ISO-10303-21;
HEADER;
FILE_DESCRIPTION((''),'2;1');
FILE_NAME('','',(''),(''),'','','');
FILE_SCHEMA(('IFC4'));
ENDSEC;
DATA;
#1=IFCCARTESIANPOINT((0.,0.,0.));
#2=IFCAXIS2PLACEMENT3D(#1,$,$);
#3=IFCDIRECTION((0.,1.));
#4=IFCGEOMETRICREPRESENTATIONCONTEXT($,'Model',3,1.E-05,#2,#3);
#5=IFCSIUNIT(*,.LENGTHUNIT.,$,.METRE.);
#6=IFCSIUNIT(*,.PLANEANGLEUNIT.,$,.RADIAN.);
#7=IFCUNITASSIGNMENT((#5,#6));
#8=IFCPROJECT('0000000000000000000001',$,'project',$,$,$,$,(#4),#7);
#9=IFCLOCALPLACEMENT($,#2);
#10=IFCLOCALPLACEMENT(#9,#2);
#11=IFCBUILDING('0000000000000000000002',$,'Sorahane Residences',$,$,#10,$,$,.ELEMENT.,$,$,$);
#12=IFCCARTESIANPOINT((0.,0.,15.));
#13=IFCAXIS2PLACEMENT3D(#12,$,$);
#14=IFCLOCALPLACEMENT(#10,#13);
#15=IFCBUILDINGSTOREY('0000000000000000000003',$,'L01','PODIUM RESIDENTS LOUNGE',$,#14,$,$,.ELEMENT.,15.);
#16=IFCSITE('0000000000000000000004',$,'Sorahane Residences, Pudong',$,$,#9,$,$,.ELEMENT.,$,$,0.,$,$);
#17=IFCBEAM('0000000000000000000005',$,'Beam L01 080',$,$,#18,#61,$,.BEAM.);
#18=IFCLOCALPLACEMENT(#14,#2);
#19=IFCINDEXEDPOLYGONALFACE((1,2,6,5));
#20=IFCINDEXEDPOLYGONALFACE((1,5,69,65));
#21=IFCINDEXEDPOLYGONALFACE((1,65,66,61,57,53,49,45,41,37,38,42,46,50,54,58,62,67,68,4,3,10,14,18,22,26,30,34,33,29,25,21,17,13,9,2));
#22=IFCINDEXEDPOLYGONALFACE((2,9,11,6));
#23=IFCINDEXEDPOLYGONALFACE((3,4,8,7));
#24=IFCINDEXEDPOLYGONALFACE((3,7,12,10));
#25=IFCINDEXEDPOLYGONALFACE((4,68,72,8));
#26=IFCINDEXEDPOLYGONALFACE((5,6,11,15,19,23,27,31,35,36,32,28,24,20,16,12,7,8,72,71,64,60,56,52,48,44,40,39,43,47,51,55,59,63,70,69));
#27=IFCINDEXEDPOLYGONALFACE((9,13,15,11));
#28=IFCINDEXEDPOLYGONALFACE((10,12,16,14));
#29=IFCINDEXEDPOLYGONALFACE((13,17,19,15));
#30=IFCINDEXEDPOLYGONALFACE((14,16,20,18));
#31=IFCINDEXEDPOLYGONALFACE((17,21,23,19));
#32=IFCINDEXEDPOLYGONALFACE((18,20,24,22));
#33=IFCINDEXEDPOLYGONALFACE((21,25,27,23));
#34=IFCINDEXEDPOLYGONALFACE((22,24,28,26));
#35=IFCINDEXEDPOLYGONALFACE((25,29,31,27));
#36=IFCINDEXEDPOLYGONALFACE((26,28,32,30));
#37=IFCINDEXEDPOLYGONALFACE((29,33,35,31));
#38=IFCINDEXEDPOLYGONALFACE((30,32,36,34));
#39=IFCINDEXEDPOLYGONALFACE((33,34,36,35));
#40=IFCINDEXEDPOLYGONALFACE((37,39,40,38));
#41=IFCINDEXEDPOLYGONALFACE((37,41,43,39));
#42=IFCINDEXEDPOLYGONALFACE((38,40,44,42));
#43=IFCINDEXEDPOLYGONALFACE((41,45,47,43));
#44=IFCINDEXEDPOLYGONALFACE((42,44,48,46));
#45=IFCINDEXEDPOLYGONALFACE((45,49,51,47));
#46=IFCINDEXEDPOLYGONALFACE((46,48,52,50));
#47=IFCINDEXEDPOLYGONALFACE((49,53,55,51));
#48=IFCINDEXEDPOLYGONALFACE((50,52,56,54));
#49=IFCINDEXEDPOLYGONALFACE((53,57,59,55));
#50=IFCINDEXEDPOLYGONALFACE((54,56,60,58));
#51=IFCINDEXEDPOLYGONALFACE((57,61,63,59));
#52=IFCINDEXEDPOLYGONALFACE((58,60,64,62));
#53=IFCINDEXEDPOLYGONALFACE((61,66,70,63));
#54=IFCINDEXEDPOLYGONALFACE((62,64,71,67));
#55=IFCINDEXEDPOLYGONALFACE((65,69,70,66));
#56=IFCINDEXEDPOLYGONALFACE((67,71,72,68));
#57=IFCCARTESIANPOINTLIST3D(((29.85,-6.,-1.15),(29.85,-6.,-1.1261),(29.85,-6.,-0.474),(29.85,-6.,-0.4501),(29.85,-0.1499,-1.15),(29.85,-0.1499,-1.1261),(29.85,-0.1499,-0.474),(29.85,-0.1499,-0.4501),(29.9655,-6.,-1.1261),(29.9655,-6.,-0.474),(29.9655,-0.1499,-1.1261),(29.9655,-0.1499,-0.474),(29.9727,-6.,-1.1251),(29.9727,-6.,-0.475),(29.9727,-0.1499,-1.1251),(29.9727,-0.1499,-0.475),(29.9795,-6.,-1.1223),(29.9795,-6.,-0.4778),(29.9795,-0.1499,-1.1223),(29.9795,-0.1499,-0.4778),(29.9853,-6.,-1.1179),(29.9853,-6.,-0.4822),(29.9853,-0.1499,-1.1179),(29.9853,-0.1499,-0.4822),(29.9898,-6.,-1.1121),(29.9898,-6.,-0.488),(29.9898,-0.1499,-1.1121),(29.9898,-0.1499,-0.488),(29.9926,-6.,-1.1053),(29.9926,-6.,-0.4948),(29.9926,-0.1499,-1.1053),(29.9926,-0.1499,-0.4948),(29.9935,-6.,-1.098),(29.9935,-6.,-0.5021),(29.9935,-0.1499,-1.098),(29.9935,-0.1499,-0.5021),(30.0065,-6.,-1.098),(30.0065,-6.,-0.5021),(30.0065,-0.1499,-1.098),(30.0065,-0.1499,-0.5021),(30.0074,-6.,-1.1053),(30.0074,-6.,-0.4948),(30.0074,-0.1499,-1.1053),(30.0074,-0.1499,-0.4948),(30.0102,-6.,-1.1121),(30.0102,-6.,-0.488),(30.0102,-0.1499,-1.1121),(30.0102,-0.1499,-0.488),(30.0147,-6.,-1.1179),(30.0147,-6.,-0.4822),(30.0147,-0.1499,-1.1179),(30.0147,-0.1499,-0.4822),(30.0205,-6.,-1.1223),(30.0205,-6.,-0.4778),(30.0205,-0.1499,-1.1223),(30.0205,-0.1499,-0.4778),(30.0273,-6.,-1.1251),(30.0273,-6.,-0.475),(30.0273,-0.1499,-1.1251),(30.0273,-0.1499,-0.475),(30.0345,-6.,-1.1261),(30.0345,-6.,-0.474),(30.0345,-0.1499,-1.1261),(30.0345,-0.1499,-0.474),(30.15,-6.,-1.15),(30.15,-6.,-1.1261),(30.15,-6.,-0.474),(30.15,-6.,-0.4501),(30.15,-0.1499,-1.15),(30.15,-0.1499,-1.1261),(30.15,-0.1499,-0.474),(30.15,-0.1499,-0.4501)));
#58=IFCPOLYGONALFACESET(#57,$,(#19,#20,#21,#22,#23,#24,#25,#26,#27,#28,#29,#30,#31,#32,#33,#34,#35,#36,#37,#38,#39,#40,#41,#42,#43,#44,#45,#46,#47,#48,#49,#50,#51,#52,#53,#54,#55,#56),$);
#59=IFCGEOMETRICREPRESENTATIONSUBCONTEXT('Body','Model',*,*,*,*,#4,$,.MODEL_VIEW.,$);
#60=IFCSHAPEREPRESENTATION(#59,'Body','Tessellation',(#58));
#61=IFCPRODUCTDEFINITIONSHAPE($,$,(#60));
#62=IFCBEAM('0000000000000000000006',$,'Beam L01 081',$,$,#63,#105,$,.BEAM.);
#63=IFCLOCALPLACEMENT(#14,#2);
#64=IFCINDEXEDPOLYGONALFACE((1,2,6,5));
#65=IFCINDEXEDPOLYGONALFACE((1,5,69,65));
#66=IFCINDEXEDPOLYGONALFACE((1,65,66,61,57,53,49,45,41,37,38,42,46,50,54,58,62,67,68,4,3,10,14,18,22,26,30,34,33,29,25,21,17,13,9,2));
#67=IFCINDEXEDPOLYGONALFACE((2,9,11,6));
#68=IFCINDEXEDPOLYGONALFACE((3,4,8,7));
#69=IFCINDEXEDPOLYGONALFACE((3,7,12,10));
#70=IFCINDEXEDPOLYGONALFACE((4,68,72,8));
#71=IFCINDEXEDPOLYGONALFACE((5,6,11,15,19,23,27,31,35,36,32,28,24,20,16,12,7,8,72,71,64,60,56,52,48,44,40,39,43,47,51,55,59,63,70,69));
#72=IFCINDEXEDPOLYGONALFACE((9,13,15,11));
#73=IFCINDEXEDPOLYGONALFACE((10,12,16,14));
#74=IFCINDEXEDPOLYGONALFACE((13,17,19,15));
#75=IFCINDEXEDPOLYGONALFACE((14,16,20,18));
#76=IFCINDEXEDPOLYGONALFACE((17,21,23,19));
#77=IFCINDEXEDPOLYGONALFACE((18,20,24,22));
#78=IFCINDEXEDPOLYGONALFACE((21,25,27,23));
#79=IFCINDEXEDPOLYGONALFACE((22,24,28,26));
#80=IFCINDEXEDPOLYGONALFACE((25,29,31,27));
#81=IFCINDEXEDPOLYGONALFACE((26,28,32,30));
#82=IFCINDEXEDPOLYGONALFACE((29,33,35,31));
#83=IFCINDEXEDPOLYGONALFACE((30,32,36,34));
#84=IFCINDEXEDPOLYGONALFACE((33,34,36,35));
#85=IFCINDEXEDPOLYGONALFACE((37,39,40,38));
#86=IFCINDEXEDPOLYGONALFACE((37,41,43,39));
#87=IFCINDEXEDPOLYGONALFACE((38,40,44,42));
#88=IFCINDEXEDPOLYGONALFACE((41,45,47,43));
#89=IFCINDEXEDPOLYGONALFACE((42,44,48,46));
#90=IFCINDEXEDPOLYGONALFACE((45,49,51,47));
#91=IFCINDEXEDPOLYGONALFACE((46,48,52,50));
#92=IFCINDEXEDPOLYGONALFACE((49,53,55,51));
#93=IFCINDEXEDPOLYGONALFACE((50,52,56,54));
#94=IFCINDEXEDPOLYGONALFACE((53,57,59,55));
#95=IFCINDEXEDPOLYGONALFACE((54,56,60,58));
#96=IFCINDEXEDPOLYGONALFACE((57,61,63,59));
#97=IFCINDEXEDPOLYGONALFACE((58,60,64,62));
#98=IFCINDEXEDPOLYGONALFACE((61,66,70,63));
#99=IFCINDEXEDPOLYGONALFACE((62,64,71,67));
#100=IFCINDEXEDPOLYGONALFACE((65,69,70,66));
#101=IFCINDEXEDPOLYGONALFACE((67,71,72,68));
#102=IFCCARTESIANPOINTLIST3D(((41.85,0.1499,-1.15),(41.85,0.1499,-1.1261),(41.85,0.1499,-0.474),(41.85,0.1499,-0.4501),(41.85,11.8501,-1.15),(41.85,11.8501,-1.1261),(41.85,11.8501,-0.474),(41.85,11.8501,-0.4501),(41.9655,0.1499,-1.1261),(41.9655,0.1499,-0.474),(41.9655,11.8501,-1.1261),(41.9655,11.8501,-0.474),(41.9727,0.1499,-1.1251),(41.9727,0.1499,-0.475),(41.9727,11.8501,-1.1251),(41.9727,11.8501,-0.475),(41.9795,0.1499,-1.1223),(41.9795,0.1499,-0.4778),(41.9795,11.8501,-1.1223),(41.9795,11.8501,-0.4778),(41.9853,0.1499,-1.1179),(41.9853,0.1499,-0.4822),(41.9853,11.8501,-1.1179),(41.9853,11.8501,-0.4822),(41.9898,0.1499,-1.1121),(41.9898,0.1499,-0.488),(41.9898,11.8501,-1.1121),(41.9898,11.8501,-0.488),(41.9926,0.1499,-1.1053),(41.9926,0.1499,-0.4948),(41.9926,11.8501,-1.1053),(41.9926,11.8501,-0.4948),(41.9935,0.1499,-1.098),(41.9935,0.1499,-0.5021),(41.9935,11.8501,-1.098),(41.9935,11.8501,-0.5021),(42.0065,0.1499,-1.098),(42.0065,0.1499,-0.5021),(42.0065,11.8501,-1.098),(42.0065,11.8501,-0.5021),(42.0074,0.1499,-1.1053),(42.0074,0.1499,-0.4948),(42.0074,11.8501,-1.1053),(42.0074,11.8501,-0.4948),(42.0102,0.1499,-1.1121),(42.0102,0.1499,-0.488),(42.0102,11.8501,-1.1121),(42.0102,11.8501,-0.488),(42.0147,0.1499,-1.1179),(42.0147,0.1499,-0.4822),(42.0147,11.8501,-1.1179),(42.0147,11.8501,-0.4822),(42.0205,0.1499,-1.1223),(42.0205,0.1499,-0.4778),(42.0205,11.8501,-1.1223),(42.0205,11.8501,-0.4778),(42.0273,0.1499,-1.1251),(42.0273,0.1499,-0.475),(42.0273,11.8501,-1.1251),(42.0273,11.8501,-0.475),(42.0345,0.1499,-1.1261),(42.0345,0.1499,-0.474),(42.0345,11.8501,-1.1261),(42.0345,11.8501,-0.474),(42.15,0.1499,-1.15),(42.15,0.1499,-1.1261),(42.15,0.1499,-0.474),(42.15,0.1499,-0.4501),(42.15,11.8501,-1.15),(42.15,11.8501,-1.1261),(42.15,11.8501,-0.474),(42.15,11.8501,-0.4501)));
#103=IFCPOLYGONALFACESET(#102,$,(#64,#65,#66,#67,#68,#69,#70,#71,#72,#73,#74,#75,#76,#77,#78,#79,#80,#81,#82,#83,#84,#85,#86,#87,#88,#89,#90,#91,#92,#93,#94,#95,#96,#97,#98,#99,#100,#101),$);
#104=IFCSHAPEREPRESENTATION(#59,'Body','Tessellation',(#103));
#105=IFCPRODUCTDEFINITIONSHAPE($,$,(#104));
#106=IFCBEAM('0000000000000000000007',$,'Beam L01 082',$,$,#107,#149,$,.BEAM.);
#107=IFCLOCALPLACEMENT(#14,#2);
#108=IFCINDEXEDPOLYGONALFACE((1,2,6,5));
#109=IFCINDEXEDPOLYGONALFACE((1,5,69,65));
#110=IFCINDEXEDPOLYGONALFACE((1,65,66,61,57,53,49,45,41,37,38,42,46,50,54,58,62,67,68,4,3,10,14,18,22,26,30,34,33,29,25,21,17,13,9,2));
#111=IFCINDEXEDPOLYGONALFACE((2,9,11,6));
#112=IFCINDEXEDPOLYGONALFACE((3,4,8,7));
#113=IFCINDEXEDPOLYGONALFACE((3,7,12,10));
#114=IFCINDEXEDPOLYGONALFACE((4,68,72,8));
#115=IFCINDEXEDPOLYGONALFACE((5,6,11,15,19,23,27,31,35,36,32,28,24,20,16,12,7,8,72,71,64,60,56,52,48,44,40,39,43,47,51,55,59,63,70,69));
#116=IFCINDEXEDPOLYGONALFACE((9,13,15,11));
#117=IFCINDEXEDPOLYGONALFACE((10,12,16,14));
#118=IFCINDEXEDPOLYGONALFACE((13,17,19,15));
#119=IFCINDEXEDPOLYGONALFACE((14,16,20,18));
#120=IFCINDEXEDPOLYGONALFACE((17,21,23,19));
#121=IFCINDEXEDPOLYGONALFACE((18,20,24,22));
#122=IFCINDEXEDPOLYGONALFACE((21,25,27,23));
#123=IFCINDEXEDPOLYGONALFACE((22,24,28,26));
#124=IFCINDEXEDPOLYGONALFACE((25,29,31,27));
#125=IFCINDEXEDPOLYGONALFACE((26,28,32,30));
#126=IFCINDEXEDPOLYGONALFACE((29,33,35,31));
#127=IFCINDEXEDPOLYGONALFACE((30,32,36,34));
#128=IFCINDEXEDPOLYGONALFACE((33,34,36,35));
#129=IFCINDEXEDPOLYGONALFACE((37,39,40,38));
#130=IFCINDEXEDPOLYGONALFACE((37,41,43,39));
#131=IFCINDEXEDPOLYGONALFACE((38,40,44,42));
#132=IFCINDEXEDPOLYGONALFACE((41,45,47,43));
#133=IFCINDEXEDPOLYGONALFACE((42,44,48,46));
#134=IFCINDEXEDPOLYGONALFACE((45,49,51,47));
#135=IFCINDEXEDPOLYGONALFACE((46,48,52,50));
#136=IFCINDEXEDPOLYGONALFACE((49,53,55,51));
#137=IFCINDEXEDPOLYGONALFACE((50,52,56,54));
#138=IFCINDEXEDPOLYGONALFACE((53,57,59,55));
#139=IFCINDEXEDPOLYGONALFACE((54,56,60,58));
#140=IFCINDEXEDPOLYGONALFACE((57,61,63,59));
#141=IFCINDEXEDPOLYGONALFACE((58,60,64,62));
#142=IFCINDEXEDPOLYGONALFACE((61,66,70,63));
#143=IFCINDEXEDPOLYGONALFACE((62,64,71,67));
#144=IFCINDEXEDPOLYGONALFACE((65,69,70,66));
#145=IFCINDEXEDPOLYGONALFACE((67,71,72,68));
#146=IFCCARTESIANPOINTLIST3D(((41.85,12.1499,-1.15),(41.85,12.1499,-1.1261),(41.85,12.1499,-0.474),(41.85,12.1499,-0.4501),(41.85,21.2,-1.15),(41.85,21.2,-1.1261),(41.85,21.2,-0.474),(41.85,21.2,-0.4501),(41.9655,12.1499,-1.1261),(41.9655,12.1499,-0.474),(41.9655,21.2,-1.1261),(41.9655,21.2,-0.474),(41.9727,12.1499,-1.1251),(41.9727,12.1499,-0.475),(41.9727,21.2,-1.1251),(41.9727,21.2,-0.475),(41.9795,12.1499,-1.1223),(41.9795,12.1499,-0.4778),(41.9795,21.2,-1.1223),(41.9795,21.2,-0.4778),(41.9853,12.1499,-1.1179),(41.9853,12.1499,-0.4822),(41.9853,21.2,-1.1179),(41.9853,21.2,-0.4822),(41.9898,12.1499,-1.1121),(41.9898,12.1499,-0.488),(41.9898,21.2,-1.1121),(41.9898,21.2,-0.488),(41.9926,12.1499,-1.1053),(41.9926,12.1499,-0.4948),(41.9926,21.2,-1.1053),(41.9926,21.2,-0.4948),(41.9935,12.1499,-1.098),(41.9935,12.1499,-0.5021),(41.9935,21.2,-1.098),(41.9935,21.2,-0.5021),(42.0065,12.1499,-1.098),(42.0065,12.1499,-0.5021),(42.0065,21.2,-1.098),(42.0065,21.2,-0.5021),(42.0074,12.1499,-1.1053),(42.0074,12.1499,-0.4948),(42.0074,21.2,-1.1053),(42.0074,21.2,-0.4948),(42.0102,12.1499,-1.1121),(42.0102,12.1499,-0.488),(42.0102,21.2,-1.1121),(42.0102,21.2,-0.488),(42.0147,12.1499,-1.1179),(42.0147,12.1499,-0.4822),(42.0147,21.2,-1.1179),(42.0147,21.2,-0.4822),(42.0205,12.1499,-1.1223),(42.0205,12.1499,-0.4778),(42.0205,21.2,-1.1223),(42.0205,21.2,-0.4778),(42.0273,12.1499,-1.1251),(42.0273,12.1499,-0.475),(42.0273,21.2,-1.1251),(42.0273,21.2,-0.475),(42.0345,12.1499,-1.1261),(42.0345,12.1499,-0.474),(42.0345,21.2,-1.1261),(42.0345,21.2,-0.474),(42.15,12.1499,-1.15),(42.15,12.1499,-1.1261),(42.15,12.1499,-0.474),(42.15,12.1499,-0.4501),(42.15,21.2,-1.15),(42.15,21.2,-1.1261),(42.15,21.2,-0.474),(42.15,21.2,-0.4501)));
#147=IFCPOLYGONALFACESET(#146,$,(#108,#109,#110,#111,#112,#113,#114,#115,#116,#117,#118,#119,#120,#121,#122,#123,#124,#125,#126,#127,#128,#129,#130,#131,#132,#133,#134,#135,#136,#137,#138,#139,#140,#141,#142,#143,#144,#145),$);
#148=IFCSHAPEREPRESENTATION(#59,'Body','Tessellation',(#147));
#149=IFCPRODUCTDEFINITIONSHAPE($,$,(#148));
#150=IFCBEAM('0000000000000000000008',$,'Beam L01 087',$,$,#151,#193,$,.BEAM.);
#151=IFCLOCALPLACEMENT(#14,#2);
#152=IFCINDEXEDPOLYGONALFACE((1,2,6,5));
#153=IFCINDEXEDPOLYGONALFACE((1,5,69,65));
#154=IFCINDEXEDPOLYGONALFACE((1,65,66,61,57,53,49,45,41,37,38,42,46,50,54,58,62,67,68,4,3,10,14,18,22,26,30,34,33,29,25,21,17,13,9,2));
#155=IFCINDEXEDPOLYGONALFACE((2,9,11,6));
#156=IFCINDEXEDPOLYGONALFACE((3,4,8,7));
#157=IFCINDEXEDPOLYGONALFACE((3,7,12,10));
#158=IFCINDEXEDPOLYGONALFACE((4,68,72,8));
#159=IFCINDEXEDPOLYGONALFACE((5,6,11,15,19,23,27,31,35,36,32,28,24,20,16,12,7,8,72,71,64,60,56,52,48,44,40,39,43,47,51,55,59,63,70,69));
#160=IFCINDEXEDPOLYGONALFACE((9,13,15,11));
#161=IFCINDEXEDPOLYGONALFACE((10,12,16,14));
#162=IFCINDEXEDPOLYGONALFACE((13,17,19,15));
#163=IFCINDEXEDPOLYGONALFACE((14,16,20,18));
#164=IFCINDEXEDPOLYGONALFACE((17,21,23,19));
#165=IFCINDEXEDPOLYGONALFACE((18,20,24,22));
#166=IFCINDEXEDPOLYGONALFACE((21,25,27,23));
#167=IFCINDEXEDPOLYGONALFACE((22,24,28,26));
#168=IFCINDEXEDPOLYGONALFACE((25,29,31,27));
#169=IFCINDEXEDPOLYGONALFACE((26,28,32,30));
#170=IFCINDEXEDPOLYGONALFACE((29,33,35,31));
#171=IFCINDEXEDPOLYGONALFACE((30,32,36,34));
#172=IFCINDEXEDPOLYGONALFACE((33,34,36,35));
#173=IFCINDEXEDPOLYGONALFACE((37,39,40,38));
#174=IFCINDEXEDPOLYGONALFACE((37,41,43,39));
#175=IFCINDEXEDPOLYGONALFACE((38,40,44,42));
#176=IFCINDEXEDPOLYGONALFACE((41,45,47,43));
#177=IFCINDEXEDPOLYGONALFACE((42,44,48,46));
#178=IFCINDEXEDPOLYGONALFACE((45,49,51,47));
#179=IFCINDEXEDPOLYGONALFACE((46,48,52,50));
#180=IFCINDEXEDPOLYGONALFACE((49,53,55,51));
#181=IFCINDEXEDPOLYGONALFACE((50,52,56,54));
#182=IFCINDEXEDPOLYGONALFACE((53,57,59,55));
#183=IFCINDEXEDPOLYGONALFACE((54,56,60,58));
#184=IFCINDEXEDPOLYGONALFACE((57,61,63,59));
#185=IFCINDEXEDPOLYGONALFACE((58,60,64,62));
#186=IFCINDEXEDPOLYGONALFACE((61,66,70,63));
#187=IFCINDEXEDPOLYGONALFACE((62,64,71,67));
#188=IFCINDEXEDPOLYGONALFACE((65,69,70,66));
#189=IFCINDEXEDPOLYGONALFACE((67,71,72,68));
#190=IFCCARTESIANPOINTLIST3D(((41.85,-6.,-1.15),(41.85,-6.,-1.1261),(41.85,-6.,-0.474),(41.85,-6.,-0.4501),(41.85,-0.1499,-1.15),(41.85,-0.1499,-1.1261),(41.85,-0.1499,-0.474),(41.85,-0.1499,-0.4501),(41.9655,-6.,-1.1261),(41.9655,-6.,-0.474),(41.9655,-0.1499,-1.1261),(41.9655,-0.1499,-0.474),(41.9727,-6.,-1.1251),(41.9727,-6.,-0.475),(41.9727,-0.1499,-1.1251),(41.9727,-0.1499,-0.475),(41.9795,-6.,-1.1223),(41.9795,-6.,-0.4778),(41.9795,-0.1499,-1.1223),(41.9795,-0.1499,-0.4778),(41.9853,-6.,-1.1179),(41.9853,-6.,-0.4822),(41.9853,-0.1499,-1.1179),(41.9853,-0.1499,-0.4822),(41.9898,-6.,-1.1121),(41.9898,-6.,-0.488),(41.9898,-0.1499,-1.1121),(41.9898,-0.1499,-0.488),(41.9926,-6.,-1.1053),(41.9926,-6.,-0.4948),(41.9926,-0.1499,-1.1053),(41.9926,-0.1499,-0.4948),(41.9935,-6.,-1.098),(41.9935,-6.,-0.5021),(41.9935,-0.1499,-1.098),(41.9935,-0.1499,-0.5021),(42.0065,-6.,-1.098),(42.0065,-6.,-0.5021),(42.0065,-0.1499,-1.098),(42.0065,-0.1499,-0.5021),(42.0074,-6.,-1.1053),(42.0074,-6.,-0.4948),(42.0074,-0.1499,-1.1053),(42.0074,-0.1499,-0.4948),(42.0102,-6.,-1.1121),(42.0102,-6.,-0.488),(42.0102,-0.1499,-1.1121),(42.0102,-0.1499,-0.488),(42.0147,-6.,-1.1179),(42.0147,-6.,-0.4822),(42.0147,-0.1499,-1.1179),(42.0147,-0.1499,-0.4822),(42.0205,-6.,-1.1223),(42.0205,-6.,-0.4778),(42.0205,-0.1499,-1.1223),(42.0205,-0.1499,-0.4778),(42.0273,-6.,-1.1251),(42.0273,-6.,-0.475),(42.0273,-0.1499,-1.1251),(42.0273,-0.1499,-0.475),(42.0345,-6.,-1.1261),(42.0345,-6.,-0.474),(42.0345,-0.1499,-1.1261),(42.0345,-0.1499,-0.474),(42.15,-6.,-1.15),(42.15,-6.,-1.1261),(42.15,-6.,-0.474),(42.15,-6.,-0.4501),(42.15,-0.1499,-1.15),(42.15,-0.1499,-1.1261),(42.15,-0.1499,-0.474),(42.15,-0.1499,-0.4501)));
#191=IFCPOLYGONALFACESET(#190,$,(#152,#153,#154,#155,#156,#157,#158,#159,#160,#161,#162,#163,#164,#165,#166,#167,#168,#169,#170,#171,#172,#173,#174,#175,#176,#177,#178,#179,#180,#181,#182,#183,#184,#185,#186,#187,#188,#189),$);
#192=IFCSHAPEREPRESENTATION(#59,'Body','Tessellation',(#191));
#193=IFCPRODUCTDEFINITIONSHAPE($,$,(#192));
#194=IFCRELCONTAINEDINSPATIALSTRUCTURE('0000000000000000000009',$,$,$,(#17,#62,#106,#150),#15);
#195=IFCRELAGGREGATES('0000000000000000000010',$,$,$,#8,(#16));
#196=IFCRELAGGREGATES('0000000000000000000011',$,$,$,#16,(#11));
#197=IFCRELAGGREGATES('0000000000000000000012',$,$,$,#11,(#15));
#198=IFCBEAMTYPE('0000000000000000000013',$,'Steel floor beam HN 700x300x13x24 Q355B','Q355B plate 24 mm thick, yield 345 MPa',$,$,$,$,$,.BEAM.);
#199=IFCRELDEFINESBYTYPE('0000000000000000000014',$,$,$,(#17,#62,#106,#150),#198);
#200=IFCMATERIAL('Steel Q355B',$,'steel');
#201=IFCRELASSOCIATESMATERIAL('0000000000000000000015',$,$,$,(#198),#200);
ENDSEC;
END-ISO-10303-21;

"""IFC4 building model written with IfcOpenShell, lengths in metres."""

from ifc_helpers import new_model, si_unit, direction, frame, origin, origin_2d, place, context, subcontext, project, spatial, i_section, extrude, material, material_profile, profile_set, type_object, element, save


model = new_model("IFC4")

# Units and contexts
model_context = context("Model", 3, precision=1e-05, world=origin(), true_north=direction((0.0, 1.0)))
body_context = subcontext(model_context, "Body", "Model", "MODEL_VIEW")
ifc_project = project(units=[si_unit("LENGTHUNIT", "METRE"), si_unit("PLANEANGLEUNIT", "RADIAN")], contexts=[model_context])

# Site, building, storey
site_placement = place(None, origin())
site = spatial("IfcSite", under=ifc_project, at=site_placement, Name="Sorahane Residences, Pudong", CompositionType="ELEMENT", RefElevation=0.0)
building_placement = place(site_placement, origin())
building = spatial("IfcBuilding", under=site, at=building_placement, Name="Sorahane Residences", CompositionType="ELEMENT")
storey_placement = place(building_placement, frame((0.0, 0.0, 15.0)))
storey = spatial("IfcBuildingStorey", under=building, at=storey_placement, Name="L01", Description="PODIUM RESIDENTS LOUNGE", CompositionType="ELEMENT", Elevation=15.0)

# Beams
ifc_material_1 = material(Name="Steel Q355B", Category="steel")
ifc_material_profile_1 = material_profile(ifc_material_1, i_section(OverallWidth=0.3, OverallDepth=0.7, WebThickness=0.0129, FlangeThickness=0.0239, FilletRadius=0.0281, at=origin_2d()), Name="HN 700x300x13x24")
ifc_profile_set_1 = profile_set([ifc_material_profile_1], Name="Steel Q355B")
beam_type = type_object("IfcBeamType", Name="Steel floor beam HN 700x300x13x24 Q355B", Description="Q355B plate 24 mm thick, yield 345 MPa", PredefinedType="BEAM", material=ifc_profile_set_1)
beam_1_placement = place(storey_placement, frame((30.0, -6.0, -0.8), z_axis=(0.0, 1.0, 0.0), x_axis=(-1.0, 0.0, 0.0)))
element("IfcBeam", 1, at=beam_1_placement, inside=storey, type_object=beam_type, Name="Beam L01 080", PredefinedType="BEAM", context=body_context, shape_type="SweptSolid", body=[
    extrude(i_section(OverallWidth=0.3, OverallDepth=0.7, WebThickness=0.0129, FlangeThickness=0.0239, FilletRadius=0.0281, at=origin_2d()), origin(), (0.0, 0.0, 1.0), 5.8501),
])
beam_2_placement = place(storey_placement, frame((42.0, 0.1499, -0.8), z_axis=(0.0, 1.0, 0.0), x_axis=(-1.0, 0.0, 0.0)))
element("IfcBeam", 2, at=beam_2_placement, inside=storey, type_object=beam_type, Name="Beam L01 081", PredefinedType="BEAM", context=body_context, shape_type="SweptSolid", body=[
    extrude(i_section(OverallWidth=0.3, OverallDepth=0.7, WebThickness=0.0129, FlangeThickness=0.0239, FilletRadius=0.0281, at=origin_2d()), origin(), (0.0, 0.0, 1.0), 11.7002),
])
beam_3_placement = place(storey_placement, frame((42.0, 12.1499, -0.8), z_axis=(0.0, 1.0, 0.0), x_axis=(-1.0, 0.0, 0.0)))
element("IfcBeam", 3, at=beam_3_placement, inside=storey, type_object=beam_type, Name="Beam L01 082", PredefinedType="BEAM", context=body_context, shape_type="SweptSolid", body=[
    extrude(i_section(OverallWidth=0.3, OverallDepth=0.7, WebThickness=0.0129, FlangeThickness=0.0239, FilletRadius=0.0281, at=origin_2d()), origin(), (0.0, 0.0, 1.0), 9.05),
])
beam_4_placement = place(storey_placement, frame((42.0, -6.0, -0.8), z_axis=(0.0, 1.0, 0.0), x_axis=(-1.0, 0.0, 0.0)))
element("IfcBeam", 4, at=beam_4_placement, inside=storey, type_object=beam_type, Name="Beam L01 087", PredefinedType="BEAM", context=body_context, shape_type="SweptSolid", body=[
    extrude(i_section(OverallWidth=0.3, OverallDepth=0.7, WebThickness=0.0129, FlangeThickness=0.0239, FilletRadius=0.0281, at=origin_2d()), origin(), (0.0, 0.0, 1.0), 5.8501),
])

save(model, "model.ifc")
